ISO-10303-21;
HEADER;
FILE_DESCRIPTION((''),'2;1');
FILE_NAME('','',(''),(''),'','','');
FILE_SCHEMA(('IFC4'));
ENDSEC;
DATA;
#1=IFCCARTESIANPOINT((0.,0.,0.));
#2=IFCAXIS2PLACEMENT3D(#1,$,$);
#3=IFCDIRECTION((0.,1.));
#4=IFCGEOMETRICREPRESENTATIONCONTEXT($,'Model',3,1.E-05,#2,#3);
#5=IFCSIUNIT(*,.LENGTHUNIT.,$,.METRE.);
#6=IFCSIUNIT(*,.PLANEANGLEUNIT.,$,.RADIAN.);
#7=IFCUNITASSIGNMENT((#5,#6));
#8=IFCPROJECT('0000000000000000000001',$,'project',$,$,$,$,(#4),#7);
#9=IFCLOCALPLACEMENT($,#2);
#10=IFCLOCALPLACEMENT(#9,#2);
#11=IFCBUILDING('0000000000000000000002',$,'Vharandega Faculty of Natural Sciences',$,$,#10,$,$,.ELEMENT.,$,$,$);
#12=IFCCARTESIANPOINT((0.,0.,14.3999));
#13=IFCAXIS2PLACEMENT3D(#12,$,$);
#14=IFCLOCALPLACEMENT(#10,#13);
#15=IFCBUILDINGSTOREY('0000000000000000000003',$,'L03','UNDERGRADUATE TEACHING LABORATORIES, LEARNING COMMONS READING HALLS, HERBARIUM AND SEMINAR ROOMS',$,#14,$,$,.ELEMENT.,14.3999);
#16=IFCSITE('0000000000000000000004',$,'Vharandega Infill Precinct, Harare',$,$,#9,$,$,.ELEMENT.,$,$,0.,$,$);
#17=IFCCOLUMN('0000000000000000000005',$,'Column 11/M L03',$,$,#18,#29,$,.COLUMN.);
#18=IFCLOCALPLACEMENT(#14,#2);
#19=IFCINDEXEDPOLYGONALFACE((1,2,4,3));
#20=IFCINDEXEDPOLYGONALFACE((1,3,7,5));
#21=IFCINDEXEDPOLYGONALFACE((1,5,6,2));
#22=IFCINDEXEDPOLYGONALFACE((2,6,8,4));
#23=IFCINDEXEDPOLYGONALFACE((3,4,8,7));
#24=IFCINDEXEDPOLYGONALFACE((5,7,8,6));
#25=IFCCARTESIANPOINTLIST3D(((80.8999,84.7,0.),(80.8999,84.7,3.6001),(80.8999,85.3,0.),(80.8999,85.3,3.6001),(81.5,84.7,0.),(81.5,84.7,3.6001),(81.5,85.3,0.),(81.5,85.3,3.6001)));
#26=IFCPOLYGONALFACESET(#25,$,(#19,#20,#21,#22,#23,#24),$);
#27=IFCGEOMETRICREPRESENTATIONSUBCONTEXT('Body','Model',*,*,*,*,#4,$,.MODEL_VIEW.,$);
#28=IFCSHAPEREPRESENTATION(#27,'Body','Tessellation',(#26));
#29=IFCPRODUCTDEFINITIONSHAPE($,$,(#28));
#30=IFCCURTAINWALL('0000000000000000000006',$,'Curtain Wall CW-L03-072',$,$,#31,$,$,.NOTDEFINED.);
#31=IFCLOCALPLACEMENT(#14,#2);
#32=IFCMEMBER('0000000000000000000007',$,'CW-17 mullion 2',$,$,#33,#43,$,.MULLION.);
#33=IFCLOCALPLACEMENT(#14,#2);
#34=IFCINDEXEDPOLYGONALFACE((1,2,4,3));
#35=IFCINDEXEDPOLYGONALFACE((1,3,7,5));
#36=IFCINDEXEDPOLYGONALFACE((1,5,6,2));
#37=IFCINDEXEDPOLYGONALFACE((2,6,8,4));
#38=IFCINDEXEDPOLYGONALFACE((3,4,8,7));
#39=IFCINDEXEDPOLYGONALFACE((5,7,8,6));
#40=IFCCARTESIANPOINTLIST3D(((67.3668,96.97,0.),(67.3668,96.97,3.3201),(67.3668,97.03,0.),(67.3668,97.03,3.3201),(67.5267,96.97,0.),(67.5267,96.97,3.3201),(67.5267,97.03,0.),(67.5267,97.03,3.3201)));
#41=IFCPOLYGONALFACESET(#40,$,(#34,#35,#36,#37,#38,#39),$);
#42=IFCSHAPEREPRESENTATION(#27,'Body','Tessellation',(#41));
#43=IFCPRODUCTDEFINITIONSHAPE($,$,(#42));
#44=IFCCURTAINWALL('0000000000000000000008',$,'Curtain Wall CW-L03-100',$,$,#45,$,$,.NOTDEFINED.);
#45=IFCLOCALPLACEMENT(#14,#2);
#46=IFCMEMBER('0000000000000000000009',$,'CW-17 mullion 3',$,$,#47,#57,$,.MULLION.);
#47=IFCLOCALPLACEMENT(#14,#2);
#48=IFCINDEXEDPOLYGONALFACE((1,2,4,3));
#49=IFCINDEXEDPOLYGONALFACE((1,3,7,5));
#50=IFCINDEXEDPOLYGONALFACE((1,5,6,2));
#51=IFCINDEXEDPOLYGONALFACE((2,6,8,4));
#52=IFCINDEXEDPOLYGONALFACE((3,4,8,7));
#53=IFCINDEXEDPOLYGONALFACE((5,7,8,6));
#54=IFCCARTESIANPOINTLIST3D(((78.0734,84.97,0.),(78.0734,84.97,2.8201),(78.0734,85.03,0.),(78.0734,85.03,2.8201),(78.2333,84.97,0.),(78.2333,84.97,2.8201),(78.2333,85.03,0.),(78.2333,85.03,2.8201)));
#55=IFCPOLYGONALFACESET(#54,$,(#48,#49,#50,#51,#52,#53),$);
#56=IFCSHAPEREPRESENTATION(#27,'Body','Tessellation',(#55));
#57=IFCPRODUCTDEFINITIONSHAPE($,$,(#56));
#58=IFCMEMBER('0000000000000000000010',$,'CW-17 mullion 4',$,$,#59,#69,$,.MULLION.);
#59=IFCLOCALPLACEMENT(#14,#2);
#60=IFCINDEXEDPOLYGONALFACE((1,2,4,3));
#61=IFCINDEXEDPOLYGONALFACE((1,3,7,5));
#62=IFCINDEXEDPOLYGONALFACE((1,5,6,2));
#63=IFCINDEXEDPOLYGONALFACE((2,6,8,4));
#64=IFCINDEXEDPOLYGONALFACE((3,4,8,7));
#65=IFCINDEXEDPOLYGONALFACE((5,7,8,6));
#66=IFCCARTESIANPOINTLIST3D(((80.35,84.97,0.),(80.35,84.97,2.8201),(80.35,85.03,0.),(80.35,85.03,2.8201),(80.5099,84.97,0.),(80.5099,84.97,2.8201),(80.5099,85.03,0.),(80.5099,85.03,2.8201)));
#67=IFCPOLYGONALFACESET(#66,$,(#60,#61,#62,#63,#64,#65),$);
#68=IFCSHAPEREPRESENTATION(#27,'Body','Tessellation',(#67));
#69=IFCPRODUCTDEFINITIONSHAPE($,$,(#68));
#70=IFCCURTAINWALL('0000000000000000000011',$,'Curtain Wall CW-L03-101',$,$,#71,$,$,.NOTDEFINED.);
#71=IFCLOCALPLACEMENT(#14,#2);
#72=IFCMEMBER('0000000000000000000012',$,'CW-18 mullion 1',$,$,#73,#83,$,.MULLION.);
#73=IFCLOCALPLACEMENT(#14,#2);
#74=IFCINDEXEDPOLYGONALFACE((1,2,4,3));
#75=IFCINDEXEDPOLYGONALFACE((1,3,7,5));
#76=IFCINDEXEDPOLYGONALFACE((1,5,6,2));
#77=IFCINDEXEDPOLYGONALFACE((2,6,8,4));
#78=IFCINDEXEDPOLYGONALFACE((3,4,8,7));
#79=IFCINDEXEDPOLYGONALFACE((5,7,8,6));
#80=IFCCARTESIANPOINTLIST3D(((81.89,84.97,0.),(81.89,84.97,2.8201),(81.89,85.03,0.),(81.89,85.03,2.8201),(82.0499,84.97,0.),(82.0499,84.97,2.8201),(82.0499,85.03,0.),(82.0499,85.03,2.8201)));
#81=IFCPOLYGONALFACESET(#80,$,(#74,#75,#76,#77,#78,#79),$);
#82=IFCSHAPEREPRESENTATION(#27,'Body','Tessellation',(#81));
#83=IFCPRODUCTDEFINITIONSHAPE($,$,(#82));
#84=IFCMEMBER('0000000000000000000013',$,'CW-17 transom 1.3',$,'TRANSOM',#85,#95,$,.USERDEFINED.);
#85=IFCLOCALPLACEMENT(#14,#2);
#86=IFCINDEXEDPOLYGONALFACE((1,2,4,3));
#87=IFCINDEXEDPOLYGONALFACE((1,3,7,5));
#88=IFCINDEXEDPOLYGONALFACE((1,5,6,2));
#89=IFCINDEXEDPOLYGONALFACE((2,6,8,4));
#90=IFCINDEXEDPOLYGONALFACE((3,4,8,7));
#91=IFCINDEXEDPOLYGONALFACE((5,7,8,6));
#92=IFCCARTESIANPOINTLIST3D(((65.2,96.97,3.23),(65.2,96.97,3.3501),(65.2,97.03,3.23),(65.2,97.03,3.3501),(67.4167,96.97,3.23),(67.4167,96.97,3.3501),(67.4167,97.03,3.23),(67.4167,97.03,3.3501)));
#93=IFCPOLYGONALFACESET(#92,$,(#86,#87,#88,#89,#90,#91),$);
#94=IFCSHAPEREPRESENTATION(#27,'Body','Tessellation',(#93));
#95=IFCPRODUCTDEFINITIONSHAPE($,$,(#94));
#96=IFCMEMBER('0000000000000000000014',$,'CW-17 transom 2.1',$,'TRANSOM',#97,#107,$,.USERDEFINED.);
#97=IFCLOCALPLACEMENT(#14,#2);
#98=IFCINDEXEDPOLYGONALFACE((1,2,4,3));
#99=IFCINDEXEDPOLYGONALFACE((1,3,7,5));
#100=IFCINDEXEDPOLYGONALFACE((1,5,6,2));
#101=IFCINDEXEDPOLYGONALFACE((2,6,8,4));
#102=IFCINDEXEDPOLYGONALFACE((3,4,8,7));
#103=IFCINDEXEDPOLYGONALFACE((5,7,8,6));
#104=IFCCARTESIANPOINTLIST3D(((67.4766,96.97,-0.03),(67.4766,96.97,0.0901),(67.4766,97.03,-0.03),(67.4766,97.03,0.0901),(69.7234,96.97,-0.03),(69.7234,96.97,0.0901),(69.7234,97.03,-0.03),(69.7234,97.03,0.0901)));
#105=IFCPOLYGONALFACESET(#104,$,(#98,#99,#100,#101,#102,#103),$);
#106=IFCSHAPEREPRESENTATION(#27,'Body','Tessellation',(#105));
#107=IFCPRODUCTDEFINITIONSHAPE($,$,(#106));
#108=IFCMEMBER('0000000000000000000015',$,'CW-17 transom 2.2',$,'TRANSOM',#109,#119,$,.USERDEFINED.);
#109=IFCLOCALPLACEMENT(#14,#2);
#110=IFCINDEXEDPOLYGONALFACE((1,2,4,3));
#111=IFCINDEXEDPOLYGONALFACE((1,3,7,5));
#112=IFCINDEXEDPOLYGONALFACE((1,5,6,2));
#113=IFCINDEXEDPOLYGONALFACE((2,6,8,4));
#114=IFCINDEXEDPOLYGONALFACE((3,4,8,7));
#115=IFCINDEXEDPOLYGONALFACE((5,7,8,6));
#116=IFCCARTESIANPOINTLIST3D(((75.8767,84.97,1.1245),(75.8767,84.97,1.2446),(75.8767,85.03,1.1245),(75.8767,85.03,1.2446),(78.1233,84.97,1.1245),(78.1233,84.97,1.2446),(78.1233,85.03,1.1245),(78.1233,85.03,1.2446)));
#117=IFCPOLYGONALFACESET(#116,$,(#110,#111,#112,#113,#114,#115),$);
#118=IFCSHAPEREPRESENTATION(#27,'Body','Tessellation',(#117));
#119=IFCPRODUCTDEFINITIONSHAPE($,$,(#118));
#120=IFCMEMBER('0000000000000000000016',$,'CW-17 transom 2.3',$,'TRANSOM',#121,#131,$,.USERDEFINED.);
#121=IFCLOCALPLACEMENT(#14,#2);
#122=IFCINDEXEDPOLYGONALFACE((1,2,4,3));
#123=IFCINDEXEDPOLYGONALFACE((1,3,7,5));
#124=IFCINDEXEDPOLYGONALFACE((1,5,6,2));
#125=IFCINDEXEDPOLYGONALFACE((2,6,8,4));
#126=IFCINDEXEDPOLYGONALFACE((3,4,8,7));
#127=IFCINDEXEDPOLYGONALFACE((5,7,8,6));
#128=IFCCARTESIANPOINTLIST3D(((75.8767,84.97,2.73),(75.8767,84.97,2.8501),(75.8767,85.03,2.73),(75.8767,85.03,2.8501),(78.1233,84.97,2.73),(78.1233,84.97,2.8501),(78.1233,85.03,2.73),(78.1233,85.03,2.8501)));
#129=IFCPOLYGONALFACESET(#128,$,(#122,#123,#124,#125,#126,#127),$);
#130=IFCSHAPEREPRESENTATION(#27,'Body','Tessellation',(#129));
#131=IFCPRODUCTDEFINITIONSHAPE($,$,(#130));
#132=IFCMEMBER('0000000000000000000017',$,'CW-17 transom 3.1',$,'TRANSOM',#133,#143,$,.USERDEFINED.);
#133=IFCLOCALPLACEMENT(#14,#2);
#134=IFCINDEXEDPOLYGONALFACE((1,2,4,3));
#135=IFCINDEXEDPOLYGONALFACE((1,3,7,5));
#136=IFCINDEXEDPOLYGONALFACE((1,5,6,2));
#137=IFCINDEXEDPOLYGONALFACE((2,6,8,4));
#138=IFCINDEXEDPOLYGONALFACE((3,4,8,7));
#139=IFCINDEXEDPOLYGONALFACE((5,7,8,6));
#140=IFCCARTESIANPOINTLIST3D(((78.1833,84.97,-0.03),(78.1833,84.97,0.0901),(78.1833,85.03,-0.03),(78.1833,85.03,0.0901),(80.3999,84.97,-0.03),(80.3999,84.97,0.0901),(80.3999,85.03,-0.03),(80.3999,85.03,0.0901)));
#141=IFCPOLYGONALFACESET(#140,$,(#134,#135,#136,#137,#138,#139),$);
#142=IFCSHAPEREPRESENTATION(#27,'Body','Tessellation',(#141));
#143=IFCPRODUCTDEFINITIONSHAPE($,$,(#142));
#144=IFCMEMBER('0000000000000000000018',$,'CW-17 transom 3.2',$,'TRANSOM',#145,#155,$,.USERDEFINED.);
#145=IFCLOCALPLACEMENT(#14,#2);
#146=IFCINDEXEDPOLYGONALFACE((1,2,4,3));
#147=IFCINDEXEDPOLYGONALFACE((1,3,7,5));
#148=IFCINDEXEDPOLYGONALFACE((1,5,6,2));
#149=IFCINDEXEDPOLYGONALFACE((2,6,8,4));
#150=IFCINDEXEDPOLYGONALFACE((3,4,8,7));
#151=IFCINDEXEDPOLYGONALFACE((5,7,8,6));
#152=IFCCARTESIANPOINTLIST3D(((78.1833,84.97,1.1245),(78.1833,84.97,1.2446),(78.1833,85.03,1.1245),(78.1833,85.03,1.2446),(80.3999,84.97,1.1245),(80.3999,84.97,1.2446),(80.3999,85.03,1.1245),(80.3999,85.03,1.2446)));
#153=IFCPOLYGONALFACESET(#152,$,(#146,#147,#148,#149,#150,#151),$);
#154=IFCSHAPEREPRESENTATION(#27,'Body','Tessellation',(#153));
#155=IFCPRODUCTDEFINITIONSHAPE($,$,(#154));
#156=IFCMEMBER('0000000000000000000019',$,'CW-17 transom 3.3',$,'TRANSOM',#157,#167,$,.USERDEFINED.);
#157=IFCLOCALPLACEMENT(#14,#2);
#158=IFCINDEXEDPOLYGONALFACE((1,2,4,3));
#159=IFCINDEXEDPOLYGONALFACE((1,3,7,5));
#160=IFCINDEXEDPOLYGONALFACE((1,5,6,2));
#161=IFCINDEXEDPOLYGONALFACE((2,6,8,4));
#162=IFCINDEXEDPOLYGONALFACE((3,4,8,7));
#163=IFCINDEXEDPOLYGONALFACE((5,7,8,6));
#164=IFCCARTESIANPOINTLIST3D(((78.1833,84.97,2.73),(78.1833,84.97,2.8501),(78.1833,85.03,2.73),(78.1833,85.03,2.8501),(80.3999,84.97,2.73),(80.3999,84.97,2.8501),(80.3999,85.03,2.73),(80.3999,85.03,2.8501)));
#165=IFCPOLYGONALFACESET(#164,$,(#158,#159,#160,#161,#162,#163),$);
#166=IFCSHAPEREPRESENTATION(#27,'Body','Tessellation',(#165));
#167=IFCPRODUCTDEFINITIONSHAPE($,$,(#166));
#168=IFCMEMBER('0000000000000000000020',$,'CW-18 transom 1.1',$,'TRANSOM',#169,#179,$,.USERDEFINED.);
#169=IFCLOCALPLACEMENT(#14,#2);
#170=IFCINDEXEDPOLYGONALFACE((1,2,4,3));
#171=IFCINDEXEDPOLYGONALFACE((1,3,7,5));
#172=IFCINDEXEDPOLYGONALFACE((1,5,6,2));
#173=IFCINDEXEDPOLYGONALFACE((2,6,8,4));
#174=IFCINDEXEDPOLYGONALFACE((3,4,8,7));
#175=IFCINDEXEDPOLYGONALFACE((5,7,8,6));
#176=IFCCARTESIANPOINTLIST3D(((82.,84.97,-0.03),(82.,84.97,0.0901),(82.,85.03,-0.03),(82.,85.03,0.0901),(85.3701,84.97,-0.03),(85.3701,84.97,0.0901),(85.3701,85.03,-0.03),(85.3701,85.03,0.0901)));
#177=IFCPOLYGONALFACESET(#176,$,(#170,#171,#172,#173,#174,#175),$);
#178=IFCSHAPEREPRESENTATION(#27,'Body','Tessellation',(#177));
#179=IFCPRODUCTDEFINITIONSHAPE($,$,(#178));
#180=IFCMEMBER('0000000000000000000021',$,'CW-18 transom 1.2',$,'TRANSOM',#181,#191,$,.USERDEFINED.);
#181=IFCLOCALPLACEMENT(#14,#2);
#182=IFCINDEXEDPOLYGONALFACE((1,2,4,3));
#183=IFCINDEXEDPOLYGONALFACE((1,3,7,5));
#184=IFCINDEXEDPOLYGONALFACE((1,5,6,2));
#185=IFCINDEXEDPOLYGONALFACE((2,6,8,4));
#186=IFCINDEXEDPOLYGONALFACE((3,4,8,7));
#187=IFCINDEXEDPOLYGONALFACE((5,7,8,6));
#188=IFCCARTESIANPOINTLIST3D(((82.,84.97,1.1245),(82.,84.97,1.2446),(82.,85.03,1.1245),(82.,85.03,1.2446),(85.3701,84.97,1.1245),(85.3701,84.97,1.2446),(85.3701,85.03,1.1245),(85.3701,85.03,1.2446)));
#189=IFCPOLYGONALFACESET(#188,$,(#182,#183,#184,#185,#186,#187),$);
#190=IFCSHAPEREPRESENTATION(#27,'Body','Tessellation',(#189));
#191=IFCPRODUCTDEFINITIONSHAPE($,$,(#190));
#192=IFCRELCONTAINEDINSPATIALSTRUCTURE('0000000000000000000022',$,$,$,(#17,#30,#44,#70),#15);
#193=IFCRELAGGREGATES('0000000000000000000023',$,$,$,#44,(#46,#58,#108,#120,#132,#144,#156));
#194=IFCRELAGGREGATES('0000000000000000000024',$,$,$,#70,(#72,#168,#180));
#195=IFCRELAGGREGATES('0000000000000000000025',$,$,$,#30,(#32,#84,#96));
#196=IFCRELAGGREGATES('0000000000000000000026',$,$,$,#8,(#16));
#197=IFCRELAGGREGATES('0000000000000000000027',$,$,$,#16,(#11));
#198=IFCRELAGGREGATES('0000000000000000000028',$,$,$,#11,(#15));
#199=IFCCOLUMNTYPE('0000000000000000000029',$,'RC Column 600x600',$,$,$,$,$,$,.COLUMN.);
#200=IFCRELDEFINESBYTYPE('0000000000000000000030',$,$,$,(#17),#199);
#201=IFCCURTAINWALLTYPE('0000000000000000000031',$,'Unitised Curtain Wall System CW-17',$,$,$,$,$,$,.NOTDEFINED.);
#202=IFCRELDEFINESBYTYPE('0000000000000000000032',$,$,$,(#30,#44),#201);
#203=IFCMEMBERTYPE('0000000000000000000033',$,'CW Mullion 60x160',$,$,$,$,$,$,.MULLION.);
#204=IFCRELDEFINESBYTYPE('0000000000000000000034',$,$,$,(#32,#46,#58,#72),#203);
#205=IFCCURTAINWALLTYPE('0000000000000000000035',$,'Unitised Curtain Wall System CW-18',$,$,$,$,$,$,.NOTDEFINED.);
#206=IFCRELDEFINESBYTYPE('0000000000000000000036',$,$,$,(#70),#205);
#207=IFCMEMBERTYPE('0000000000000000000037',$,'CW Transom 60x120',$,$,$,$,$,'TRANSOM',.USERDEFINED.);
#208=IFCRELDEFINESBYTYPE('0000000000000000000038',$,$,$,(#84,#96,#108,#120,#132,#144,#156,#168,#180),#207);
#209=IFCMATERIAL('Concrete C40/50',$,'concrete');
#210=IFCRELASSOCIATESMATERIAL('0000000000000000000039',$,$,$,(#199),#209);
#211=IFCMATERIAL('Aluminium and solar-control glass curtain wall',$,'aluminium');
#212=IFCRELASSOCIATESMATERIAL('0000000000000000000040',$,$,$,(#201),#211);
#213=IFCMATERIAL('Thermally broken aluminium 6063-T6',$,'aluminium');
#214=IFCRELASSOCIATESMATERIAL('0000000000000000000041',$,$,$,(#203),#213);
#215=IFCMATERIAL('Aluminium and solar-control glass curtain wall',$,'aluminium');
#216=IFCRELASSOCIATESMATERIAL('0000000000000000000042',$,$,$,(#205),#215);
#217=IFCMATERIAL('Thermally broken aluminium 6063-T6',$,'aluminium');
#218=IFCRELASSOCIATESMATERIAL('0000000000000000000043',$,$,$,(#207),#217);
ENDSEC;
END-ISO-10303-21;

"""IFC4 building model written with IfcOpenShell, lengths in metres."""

from ifc_helpers import new_model, si_unit, direction, frame, origin, origin_2d, place, context, subcontext, project, spatial, rectangle, extrude, material, material_profile, profile_set, type_object, element, aggregate, save


model = new_model("IFC4")

# Units and contexts
model_context = context("Model", 3, precision=1e-05, world=origin(), true_north=direction((0.0, 1.0)))
body_context = subcontext(model_context, "Body", "Model", "MODEL_VIEW")
ifc_project = project(units=[si_unit("LENGTHUNIT", "METRE"), si_unit("PLANEANGLEUNIT", "RADIAN")], contexts=[model_context])

# Site, building, storey
site_placement = place(None, origin())
site = spatial("IfcSite", under=ifc_project, at=site_placement, Name="Vharandega Infill Precinct, Harare", CompositionType="ELEMENT", RefElevation=0.0)
building_placement = place(site_placement, origin())
building = spatial("IfcBuilding", under=site, at=building_placement, Name="Vharandega Faculty of Natural Sciences", CompositionType="ELEMENT")
storey_placement = place(building_placement, frame((0.0, 0.0, 14.3999)))
storey = spatial("IfcBuildingStorey", under=building, at=storey_placement, Name="L03", Description="UNDERGRADUATE TEACHING LABORATORIES, LEARNING COMMONS READING HALLS, HERBARIUM AND SEMINAR ROOMS", CompositionType="ELEMENT", Elevation=14.3999)

# Column
ifc_material_1 = material(Name="Concrete C40/50", Category="concrete")
ifc_material_profile_1 = material_profile(ifc_material_1, rectangle(XDim=0.6001, YDim=0.6001, at=origin_2d()), Name="RC 600x600")
ifc_profile_set_1 = profile_set([ifc_material_profile_1], Name="Concrete C40/50")
column_type = type_object("IfcColumnType", Name="RC Column 600x600", PredefinedType="COLUMN", material=ifc_profile_set_1)
column_placement = place(storey_placement, frame((81.2, 85.0, 0.0), z_axis=(0.0, 0.0, 1.0), x_axis=(1.0, 0.0, 0.0)))
element("IfcColumn", 1, at=column_placement, inside=storey, type_object=column_type, Name="Column 11/M L03", PredefinedType="COLUMN", context=body_context, shape_type="SweptSolid", body=[
    extrude(rectangle(XDim=0.6001, YDim=0.6001, at=origin_2d()), origin(), (0.0, 0.0, 1.0), 3.6001),
])

# Curtain wall, member
ifc_material_2 = material(Name="Aluminium and solar-control glass curtain wall", Category="aluminium")
curtain_wall_type_1 = type_object("IfcCurtainWallType", Name="Unitised Curtain Wall System CW-17", PredefinedType="NOTDEFINED", material=ifc_material_2)
curtain_wall_1_placement = place(storey_placement, origin())
curtain_wall_1 = element("IfcCurtainWall", 2, at=curtain_wall_1_placement, inside=storey, type_object=curtain_wall_type_1, Name="Curtain Wall CW-L03-072", PredefinedType="NOTDEFINED")
ifc_material_3 = material(Name="Thermally broken aluminium 6063-T6", Category="aluminium")
ifc_material_profile_2 = material_profile(ifc_material_3, rectangle(XDim=0.0601, YDim=0.1599, at=origin_2d()), Name="ALU 60x160")
ifc_profile_set_2 = profile_set([ifc_material_profile_2], Name="Thermally broken aluminium 6063-T6")
member_type_1 = type_object("IfcMemberType", Name="CW Mullion 60x160", PredefinedType="MULLION", material=ifc_profile_set_2)
member_1_placement = place(storey_placement, frame((67.4468, 97.0, 0.0), z_axis=(0.0, 0.0, 1.0), x_axis=(0.0, 1.0, 0.0)))
member_1 = element("IfcMember", 3, at=member_1_placement, type_object=member_type_1, Name="CW-17 mullion 2", PredefinedType="MULLION", context=body_context, shape_type="SweptSolid", body=[
    extrude(rectangle(XDim=0.0601, YDim=0.1599, at=origin_2d()), origin(), (0.0, 0.0, 1.0), 3.3201),
])

# Curtain wall, members
curtain_wall_2_placement = place(storey_placement, origin())
curtain_wall_2 = element("IfcCurtainWall", 4, at=curtain_wall_2_placement, inside=storey, type_object=curtain_wall_type_1, Name="Curtain Wall CW-L03-100", PredefinedType="NOTDEFINED")
member_2_placement = place(storey_placement, frame((78.1533, 85.0, 0.0), z_axis=(0.0, 0.0, 1.0), x_axis=(0.0, 1.0, 0.0)))
member_2 = element("IfcMember", 5, at=member_2_placement, type_object=member_type_1, Name="CW-17 mullion 3", PredefinedType="MULLION", context=body_context, shape_type="SweptSolid", body=[
    extrude(rectangle(XDim=0.0601, YDim=0.1599, at=origin_2d()), origin(), (0.0, 0.0, 1.0), 2.8201),
])
member_3_placement = place(storey_placement, frame((80.4299, 85.0, 0.0), z_axis=(0.0, 0.0, 1.0), x_axis=(0.0, 1.0, 0.0)))
member_3 = element("IfcMember", 6, at=member_3_placement, type_object=member_type_1, Name="CW-17 mullion 4", PredefinedType="MULLION", context=body_context, shape_type="SweptSolid", body=[
    extrude(rectangle(XDim=0.0601, YDim=0.1599, at=origin_2d()), origin(), (0.0, 0.0, 1.0), 2.8201),
])

# Curtain wall, member
ifc_material_4 = material(Name="Aluminium and solar-control glass curtain wall", Category="aluminium")
curtain_wall_type_2 = type_object("IfcCurtainWallType", Name="Unitised Curtain Wall System CW-18", PredefinedType="NOTDEFINED", material=ifc_material_4)
curtain_wall_3_placement = place(storey_placement, origin())
curtain_wall_3 = element("IfcCurtainWall", 7, at=curtain_wall_3_placement, inside=storey, type_object=curtain_wall_type_2, Name="Curtain Wall CW-L03-101", PredefinedType="NOTDEFINED")
member_4_placement = place(storey_placement, frame((81.97, 85.0, 0.0), z_axis=(0.0, 0.0, 1.0), x_axis=(0.0, 1.0, 0.0)))
member_4 = element("IfcMember", 8, at=member_4_placement, type_object=member_type_1, Name="CW-18 mullion 1", PredefinedType="MULLION", context=body_context, shape_type="SweptSolid", body=[
    extrude(rectangle(XDim=0.0601, YDim=0.1599, at=origin_2d()), origin(), (0.0, 0.0, 1.0), 2.8201),
])

# Members
ifc_material_5 = material(Name="Thermally broken aluminium 6063-T6", Category="aluminium")
ifc_material_profile_3 = material_profile(ifc_material_5, rectangle(XDim=0.0601, YDim=0.1201, at=origin_2d()), Name="ALU 60x120")
ifc_profile_set_3 = profile_set([ifc_material_profile_3], Name="Thermally broken aluminium 6063-T6")
member_type_2 = type_object("IfcMemberType", Name="CW Transom 60x120", ElementType="TRANSOM", PredefinedType="USERDEFINED", material=ifc_profile_set_3)
member_5_placement = place(storey_placement, frame((65.2, 97.0, 3.29), z_axis=(1.0, 0.0, 0.0), x_axis=(0.0, 1.0, 0.0)))
member_5 = element("IfcMember", 9, at=member_5_placement, type_object=member_type_2, Name="CW-17 transom 1.3", ObjectType="TRANSOM", PredefinedType="USERDEFINED", context=body_context, shape_type="SweptSolid", body=[
    extrude(rectangle(XDim=0.0601, YDim=0.1201, at=origin_2d()), origin(), (0.0, 0.0, 1.0), 2.2168),
])
member_6_placement = place(storey_placement, frame((67.4766, 97.0, 0.03), z_axis=(1.0, 0.0, 0.0), x_axis=(0.0, 1.0, 0.0)))
member_6 = element("IfcMember", 10, at=member_6_placement, type_object=member_type_2, Name="CW-17 transom 2.1", ObjectType="TRANSOM", PredefinedType="USERDEFINED", context=body_context, shape_type="SweptSolid", body=[
    extrude(rectangle(XDim=0.0601, YDim=0.1201, at=origin_2d()), origin(), (0.0, 0.0, 1.0), 2.2468),
])
member_7_placement = place(storey_placement, frame((75.8767, 85.0, 1.1846), z_axis=(1.0, 0.0, 0.0), x_axis=(0.0, 1.0, 0.0)))
member_7 = element("IfcMember", 11, at=member_7_placement, type_object=member_type_2, Name="CW-17 transom 2.2", ObjectType="TRANSOM", PredefinedType="USERDEFINED", context=body_context, shape_type="SweptSolid", body=[
    extrude(rectangle(XDim=0.0601, YDim=0.1201, at=origin_2d()), origin(), (0.0, 0.0, 1.0), 2.2466),
])
member_8_placement = place(storey_placement, frame((75.8767, 85.0, 2.79), z_axis=(1.0, 0.0, 0.0), x_axis=(0.0, 1.0, 0.0)))
member_8 = element("IfcMember", 12, at=member_8_placement, type_object=member_type_2, Name="CW-17 transom 2.3", ObjectType="TRANSOM", PredefinedType="USERDEFINED", context=body_context, shape_type="SweptSolid", body=[
    extrude(rectangle(XDim=0.0601, YDim=0.1201, at=origin_2d()), origin(), (0.0, 0.0, 1.0), 2.2466),
])
member_9_placement = place(storey_placement, frame((78.1833, 85.0, 0.03), z_axis=(1.0, 0.0, 0.0), x_axis=(0.0, 1.0, 0.0)))
member_9 = element("IfcMember", 13, at=member_9_placement, type_object=member_type_2, Name="CW-17 transom 3.1", ObjectType="TRANSOM", PredefinedType="USERDEFINED", context=body_context, shape_type="SweptSolid", body=[
    extrude(rectangle(XDim=0.0601, YDim=0.1201, at=origin_2d()), origin(), (0.0, 0.0, 1.0), 2.2166),
])
member_10_placement = place(storey_placement, frame((78.1833, 85.0, 1.1846), z_axis=(1.0, 0.0, 0.0), x_axis=(0.0, 1.0, 0.0)))
member_10 = element("IfcMember", 14, at=member_10_placement, type_object=member_type_2, Name="CW-17 transom 3.2", ObjectType="TRANSOM", PredefinedType="USERDEFINED", context=body_context, shape_type="SweptSolid", body=[
    extrude(rectangle(XDim=0.0601, YDim=0.1201, at=origin_2d()), origin(), (0.0, 0.0, 1.0), 2.2166),
])
member_11_placement = place(storey_placement, frame((78.1833, 85.0, 2.79), z_axis=(1.0, 0.0, 0.0), x_axis=(0.0, 1.0, 0.0)))
member_11 = element("IfcMember", 15, at=member_11_placement, type_object=member_type_2, Name="CW-17 transom 3.3", ObjectType="TRANSOM", PredefinedType="USERDEFINED", context=body_context, shape_type="SweptSolid", body=[
    extrude(rectangle(XDim=0.0601, YDim=0.1201, at=origin_2d()), origin(), (0.0, 0.0, 1.0), 2.2166),
])
member_12_placement = place(storey_placement, frame((82.0, 85.0, 0.03), z_axis=(1.0, 0.0, 0.0), x_axis=(0.0, 1.0, 0.0)))
member_12 = element("IfcMember", 16, at=member_12_placement, type_object=member_type_2, Name="CW-18 transom 1.1", ObjectType="TRANSOM", PredefinedType="USERDEFINED", context=body_context, shape_type="SweptSolid", body=[
    extrude(rectangle(XDim=0.0601, YDim=0.1201, at=origin_2d()), origin(), (0.0, 0.0, 1.0), 3.3701),
])
member_13_placement = place(storey_placement, frame((82.0, 85.0, 1.1846), z_axis=(1.0, 0.0, 0.0), x_axis=(0.0, 1.0, 0.0)))
member_13 = element("IfcMember", 17, at=member_13_placement, type_object=member_type_2, Name="CW-18 transom 1.2", ObjectType="TRANSOM", PredefinedType="USERDEFINED", context=body_context, shape_type="SweptSolid", body=[
    extrude(rectangle(XDim=0.0601, YDim=0.1201, at=origin_2d()), origin(), (0.0, 0.0, 1.0), 3.3701),
])

aggregate(curtain_wall_2, [member_2, member_3, member_7, member_8, member_9, member_10, member_11])
aggregate(curtain_wall_3, [member_4, member_12, member_13])
aggregate(curtain_wall_1, [member_1, member_5, member_6])

save(model, "model.ifc")
